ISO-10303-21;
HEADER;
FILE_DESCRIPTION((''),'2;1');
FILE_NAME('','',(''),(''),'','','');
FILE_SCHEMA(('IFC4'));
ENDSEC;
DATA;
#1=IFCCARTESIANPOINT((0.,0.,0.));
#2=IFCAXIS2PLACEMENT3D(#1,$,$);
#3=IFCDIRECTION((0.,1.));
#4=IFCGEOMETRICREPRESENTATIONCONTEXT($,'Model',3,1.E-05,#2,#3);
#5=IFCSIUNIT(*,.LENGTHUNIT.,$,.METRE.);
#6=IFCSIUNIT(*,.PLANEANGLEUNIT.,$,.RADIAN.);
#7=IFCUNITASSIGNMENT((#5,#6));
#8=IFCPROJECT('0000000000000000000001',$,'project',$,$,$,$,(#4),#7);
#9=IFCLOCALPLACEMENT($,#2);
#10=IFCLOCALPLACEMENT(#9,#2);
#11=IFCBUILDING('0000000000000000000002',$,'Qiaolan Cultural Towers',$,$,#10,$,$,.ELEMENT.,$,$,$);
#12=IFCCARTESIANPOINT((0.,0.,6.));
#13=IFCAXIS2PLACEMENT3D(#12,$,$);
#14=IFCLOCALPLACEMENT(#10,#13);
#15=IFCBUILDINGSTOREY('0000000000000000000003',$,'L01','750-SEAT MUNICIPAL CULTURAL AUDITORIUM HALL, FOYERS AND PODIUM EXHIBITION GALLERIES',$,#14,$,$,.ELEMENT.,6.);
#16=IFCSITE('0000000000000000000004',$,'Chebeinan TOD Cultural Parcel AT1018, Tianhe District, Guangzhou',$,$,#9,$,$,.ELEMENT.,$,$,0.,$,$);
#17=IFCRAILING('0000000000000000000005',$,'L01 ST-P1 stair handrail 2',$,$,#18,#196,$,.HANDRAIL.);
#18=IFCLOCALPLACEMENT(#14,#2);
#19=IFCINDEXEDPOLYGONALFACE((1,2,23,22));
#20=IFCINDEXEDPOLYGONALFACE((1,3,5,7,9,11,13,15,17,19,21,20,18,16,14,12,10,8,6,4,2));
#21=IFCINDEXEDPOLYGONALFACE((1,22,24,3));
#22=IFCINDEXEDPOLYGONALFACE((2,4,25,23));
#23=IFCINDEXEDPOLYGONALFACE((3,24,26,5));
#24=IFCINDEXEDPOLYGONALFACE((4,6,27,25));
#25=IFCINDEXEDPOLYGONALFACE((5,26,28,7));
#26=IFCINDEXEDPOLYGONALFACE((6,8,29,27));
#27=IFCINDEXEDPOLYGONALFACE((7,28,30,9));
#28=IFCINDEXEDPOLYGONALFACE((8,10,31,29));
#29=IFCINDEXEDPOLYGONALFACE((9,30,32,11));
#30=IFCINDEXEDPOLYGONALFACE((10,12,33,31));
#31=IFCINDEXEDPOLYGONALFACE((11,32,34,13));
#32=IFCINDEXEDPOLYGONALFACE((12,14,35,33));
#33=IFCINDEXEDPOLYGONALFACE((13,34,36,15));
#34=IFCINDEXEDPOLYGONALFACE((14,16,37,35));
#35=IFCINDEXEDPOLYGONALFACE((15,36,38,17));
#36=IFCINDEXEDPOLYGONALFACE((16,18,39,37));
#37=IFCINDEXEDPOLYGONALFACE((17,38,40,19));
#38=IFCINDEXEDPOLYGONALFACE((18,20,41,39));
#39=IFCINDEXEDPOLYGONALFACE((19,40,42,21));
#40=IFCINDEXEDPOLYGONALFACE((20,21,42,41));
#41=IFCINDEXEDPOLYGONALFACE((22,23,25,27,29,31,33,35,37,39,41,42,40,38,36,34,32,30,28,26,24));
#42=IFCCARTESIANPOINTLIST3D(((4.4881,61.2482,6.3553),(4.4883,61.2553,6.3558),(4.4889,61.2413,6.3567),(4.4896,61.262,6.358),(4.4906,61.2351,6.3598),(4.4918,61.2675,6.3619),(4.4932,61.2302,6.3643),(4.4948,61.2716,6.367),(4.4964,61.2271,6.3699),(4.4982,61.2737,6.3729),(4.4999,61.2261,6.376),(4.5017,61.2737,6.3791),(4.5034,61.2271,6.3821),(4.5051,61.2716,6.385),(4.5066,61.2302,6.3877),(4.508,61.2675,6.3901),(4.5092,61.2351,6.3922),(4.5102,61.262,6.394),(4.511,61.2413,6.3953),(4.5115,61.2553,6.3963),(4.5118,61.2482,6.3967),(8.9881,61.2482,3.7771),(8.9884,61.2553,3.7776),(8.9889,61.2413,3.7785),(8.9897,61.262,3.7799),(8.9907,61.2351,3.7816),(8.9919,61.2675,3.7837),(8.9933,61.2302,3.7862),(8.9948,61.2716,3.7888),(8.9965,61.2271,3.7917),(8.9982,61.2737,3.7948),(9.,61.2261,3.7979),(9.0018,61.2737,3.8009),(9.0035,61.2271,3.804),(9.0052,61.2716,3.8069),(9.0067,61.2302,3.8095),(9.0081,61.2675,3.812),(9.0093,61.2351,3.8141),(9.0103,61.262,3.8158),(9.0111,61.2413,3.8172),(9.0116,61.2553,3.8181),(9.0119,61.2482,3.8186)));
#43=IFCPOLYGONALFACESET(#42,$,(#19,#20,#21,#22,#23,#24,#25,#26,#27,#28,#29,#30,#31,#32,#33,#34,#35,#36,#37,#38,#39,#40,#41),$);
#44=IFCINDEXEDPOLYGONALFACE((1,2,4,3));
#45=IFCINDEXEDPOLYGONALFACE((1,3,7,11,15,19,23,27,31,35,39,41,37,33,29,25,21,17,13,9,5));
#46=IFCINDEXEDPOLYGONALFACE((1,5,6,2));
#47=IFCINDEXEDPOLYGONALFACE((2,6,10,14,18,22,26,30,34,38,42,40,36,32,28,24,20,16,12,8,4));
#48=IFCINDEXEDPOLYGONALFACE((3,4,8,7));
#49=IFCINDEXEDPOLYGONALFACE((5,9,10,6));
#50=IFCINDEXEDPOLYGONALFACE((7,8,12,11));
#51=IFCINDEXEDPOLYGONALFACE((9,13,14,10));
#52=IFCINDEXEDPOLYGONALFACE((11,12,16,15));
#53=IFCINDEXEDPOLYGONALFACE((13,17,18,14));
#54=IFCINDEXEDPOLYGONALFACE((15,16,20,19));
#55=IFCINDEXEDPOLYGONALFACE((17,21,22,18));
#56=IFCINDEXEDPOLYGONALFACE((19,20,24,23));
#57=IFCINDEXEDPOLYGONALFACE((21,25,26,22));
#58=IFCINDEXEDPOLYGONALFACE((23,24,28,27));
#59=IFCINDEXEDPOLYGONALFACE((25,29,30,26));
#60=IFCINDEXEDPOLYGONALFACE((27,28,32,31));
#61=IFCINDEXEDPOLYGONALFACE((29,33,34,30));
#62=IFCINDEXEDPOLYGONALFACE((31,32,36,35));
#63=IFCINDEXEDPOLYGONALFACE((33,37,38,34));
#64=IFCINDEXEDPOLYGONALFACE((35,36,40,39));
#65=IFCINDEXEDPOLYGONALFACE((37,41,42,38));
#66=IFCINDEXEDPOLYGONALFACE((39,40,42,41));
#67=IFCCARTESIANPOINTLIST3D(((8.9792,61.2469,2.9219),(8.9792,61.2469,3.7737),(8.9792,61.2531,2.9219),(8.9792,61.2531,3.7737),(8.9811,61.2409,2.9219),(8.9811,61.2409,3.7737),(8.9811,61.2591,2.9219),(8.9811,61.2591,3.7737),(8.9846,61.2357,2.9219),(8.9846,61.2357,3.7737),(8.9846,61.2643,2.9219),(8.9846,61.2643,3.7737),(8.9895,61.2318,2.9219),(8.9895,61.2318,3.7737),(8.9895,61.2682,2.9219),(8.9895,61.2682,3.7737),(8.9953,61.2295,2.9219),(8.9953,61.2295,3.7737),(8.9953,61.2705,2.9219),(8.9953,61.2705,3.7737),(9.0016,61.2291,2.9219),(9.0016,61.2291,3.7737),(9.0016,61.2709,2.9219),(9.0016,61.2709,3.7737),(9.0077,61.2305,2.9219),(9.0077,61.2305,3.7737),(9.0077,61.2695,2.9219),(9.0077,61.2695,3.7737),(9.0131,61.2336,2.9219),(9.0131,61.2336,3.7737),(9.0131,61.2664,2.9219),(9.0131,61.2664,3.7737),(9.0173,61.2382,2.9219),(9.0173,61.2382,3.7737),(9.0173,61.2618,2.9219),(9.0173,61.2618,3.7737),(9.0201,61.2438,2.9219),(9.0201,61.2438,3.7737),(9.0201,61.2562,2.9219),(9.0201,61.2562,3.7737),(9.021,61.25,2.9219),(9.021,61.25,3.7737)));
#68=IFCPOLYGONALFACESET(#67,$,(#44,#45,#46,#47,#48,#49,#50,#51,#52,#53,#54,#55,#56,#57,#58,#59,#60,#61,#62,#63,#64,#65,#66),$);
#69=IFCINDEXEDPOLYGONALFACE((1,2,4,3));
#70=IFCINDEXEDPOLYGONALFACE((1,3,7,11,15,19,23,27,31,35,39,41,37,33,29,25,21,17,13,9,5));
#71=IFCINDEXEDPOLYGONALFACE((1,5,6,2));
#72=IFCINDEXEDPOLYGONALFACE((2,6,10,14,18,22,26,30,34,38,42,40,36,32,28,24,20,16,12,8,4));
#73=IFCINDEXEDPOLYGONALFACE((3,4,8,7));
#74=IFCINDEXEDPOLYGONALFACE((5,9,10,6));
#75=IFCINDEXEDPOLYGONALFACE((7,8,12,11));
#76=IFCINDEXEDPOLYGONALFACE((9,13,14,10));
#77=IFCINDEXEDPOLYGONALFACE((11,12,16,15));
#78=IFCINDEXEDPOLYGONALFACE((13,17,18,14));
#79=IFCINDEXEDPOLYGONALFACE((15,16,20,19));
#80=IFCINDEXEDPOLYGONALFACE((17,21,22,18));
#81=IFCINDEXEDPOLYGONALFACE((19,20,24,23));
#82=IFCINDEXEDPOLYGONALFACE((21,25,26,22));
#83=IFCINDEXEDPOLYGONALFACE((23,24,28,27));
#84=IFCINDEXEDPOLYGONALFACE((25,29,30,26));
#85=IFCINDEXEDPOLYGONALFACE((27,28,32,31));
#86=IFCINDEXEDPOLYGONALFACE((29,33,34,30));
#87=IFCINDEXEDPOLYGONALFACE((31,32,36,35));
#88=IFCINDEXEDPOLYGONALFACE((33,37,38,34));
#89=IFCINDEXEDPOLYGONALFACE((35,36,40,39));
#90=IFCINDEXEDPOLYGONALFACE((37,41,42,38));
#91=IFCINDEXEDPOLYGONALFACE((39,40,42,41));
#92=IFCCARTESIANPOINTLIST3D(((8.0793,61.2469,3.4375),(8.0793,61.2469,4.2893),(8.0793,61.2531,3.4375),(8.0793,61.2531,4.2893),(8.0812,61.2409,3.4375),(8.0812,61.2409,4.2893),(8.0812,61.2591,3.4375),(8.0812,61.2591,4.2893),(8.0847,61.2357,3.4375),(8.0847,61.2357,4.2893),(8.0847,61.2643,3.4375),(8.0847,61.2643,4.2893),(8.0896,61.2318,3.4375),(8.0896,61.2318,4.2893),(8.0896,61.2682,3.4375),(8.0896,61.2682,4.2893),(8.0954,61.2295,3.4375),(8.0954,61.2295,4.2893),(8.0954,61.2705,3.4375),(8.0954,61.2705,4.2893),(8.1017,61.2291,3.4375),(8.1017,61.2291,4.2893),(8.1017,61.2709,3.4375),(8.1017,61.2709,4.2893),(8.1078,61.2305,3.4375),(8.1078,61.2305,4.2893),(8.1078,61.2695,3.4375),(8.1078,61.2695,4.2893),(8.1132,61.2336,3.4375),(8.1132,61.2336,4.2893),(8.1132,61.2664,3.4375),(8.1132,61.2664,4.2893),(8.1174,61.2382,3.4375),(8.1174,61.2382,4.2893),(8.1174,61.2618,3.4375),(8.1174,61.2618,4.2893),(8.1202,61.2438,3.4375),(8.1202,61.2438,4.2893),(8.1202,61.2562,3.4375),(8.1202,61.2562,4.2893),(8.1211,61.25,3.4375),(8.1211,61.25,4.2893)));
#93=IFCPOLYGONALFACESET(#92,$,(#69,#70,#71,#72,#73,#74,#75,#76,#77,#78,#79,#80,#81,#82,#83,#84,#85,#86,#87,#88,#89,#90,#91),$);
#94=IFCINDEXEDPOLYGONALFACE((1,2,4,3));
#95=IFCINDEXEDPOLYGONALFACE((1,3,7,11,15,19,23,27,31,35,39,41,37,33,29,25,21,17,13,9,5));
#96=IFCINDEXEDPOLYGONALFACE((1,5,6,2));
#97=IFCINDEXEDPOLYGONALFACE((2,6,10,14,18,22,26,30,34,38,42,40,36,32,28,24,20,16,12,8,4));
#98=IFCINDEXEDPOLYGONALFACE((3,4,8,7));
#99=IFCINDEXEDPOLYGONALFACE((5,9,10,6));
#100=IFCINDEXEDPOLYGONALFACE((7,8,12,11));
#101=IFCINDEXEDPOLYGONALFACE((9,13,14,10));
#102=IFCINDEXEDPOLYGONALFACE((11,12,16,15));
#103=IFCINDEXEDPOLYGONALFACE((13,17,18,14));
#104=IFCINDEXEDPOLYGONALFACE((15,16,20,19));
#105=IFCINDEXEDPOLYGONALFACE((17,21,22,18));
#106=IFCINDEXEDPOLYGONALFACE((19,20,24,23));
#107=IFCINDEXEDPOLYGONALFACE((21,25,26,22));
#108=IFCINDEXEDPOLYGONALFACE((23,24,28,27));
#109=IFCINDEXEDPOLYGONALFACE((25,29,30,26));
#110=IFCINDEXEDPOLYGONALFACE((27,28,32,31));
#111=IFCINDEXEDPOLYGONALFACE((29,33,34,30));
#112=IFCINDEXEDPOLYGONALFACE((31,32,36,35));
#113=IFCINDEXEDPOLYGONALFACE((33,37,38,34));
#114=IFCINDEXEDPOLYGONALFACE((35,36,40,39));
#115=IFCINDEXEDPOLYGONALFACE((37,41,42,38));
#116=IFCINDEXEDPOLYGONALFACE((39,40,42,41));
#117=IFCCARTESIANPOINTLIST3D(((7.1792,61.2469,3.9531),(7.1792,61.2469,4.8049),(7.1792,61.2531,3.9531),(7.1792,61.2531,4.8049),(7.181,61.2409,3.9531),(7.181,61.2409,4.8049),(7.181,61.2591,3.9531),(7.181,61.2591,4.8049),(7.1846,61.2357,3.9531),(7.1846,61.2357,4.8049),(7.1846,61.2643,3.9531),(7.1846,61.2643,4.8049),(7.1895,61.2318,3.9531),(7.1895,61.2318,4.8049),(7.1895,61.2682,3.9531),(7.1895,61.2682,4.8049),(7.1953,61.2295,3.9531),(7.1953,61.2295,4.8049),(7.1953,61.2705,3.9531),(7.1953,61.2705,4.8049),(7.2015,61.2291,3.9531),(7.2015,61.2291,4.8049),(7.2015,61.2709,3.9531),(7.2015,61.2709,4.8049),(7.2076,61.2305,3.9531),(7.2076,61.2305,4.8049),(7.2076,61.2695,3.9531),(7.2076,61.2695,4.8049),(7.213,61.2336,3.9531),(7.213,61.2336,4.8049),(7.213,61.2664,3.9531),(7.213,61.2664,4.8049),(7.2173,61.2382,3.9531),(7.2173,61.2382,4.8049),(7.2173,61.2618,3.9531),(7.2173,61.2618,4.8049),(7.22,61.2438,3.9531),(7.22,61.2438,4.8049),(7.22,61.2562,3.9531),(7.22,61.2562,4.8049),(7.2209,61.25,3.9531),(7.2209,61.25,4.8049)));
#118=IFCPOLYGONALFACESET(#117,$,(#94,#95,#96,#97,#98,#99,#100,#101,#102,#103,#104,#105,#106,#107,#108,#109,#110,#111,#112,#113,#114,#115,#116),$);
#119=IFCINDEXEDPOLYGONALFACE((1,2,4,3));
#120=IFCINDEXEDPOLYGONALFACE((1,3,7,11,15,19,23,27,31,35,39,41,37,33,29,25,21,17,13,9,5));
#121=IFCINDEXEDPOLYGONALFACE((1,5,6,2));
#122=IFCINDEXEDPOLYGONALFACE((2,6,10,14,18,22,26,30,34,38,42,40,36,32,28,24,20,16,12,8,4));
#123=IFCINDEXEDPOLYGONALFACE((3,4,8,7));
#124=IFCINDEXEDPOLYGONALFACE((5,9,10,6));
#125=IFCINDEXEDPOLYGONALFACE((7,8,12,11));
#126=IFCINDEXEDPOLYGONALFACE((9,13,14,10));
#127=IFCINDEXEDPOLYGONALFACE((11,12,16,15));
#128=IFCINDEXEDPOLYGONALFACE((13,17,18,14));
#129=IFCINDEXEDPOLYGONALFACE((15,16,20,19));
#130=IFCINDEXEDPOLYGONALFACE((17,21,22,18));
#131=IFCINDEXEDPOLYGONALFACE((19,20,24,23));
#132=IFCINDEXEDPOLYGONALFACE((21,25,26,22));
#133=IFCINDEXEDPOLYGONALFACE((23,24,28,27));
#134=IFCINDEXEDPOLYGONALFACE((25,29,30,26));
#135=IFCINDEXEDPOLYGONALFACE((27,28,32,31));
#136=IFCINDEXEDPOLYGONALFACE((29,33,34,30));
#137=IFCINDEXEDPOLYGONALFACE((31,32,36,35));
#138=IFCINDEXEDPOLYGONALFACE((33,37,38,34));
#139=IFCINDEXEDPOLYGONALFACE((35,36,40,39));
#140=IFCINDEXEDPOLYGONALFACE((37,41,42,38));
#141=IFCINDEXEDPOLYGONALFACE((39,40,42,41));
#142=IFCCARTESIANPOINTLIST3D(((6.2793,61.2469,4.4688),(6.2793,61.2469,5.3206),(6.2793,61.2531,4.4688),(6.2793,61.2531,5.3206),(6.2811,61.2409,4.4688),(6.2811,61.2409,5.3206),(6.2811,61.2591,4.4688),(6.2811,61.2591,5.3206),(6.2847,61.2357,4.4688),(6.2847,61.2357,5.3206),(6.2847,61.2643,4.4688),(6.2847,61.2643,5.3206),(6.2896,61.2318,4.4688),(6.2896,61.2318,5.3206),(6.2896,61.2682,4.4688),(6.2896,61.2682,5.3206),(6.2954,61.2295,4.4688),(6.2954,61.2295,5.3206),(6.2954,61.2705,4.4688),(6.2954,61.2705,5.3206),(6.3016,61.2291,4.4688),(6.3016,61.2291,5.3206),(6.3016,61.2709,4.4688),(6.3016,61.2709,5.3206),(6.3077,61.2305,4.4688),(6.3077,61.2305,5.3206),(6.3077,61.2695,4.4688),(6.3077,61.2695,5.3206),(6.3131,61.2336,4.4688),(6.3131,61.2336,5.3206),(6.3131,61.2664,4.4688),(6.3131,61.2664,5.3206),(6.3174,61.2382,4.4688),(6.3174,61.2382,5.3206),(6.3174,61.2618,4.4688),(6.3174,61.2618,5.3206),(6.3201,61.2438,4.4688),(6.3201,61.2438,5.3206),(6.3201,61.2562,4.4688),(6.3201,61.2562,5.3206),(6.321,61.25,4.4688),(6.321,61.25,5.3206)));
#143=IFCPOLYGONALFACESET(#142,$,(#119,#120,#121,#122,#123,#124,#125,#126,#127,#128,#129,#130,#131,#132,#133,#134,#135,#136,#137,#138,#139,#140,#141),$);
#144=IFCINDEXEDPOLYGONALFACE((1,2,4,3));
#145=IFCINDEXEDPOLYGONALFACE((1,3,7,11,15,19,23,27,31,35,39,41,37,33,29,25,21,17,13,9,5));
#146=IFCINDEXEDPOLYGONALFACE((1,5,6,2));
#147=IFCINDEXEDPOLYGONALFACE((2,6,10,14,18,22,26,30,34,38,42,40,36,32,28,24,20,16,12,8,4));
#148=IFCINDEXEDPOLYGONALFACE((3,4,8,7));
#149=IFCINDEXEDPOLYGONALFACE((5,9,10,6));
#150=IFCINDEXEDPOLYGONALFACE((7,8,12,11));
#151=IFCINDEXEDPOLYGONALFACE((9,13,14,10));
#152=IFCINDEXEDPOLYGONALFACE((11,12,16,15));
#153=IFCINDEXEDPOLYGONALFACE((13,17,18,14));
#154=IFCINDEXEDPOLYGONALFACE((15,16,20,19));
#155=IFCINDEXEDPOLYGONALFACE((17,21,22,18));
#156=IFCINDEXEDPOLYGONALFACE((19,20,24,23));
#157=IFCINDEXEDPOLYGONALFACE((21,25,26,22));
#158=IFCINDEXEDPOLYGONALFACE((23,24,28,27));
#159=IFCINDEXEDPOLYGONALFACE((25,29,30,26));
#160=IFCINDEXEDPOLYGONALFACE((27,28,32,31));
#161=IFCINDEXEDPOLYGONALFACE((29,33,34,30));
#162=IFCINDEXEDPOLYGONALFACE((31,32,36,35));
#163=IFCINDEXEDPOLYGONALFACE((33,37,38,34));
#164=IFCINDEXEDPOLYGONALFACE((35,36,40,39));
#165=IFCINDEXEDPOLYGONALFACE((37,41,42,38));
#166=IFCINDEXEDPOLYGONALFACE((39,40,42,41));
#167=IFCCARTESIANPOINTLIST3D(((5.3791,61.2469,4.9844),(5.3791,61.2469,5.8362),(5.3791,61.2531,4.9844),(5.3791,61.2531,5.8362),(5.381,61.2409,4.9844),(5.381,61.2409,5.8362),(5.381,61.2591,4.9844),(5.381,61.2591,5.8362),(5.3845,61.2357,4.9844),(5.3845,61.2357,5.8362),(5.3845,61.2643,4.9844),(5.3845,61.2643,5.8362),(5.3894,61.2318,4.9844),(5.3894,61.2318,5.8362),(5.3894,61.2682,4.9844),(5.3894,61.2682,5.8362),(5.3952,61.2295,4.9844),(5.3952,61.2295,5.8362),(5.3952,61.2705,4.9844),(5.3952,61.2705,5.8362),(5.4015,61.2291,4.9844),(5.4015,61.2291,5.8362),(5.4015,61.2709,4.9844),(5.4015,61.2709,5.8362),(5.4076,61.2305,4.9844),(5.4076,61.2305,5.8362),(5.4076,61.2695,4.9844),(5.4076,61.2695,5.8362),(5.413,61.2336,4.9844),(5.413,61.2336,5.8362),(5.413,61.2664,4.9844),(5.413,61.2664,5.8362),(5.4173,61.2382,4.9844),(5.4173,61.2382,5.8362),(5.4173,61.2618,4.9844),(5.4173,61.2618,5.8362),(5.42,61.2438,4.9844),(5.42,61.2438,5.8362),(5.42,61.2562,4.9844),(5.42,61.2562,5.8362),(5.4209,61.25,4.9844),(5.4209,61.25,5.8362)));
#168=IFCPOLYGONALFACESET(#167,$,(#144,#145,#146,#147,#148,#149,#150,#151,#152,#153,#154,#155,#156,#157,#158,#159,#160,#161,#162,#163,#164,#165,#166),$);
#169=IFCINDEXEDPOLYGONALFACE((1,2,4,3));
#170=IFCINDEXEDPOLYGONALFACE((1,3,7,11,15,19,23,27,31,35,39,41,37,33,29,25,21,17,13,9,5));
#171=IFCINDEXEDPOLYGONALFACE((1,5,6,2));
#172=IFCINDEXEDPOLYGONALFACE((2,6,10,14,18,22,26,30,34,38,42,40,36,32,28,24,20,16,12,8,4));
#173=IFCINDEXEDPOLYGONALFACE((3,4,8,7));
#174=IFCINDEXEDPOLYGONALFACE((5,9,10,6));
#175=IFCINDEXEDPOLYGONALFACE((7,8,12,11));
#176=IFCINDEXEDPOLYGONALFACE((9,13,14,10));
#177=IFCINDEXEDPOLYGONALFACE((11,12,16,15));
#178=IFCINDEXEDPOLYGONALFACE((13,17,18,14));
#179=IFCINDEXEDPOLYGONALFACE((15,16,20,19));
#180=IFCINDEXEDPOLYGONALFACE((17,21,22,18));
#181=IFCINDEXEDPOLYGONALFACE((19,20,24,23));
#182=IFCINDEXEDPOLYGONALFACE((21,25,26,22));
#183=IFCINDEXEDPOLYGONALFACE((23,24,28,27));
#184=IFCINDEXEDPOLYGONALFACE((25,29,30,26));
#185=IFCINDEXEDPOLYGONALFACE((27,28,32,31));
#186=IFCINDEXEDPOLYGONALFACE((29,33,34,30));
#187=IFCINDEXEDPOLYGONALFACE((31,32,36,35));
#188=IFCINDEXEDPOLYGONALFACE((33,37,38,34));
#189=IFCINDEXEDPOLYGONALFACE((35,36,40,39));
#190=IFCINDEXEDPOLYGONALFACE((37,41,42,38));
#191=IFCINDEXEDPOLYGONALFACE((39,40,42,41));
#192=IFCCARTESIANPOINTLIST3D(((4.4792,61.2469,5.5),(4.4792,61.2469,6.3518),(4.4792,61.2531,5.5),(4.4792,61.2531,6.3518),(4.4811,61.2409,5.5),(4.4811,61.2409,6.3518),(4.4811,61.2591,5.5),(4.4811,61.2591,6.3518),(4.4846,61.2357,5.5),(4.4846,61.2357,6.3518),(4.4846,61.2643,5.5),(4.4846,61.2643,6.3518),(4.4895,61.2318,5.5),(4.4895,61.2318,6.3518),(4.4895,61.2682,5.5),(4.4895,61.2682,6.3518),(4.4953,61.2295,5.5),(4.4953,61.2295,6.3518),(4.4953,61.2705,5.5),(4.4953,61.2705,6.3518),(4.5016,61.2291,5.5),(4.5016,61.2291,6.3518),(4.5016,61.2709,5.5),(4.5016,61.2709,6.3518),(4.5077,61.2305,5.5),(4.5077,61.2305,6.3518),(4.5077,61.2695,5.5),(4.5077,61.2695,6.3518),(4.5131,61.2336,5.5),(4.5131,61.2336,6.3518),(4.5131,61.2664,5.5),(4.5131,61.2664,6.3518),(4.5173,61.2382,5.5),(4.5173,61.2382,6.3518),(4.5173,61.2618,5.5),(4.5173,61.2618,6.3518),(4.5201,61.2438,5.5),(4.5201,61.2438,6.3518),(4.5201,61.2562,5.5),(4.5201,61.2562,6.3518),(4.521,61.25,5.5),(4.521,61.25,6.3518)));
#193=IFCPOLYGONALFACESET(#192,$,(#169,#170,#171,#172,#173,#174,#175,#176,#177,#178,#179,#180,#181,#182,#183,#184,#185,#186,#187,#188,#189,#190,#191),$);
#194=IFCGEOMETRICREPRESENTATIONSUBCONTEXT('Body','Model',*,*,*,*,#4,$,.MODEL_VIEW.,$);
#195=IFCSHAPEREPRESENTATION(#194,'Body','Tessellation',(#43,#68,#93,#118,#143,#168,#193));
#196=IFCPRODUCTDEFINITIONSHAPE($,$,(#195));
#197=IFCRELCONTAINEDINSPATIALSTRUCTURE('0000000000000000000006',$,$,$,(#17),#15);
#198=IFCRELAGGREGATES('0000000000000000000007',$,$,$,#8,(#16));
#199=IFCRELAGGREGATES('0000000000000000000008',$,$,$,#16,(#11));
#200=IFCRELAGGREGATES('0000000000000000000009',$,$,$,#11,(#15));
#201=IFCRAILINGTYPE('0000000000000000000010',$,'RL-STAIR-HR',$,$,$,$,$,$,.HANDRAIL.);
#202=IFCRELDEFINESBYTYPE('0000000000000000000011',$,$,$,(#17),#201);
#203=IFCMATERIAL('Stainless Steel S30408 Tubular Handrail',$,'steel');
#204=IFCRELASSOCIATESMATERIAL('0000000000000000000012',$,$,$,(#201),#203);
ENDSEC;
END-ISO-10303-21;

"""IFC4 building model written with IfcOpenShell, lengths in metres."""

from ifc_helpers import new_model, si_unit, direction, frame, origin, origin_2d, place, context, subcontext, project, spatial, circle, extrude, material, type_object, element, save


model = new_model("IFC4")

# Units and contexts
model_context = context("Model", 3, precision=1e-05, world=origin(), true_north=direction((0.0, 1.0)))
body_context = subcontext(model_context, "Body", "Model", "MODEL_VIEW")
ifc_project = project(units=[si_unit("LENGTHUNIT", "METRE"), si_unit("PLANEANGLEUNIT", "RADIAN")], contexts=[model_context])

# Site, building, storey
site_placement = place(None, origin())
site = spatial("IfcSite", under=ifc_project, at=site_placement, Name="Chebeinan TOD Cultural Parcel AT1018, Tianhe District, Guangzhou", CompositionType="ELEMENT", RefElevation=0.0)
building_placement = place(site_placement, origin())
building = spatial("IfcBuilding", under=site, at=building_placement, Name="Qiaolan Cultural Towers", CompositionType="ELEMENT")
storey_placement = place(building_placement, frame((0.0, 0.0, 6.0)))
storey = spatial("IfcBuildingStorey", under=building, at=storey_placement, Name="L01", Description="750-SEAT MUNICIPAL CULTURAL AUDITORIUM HALL, FOYERS AND PODIUM EXHIBITION GALLERIES", CompositionType="ELEMENT", Elevation=6.0)

# Railing
ifc_material_1 = material(Name="Stainless Steel S30408 Tubular Handrail", Category="steel")
railing_type_1 = type_object("IfcRailingType", Name="RL-STAIR-HR", PredefinedType="HANDRAIL", material=ifc_material_1)
railing_1_placement = place(storey_placement, frame((9.0, 61.25, 2.9219)))
element("IfcRailing", 1, at=railing_1_placement, inside=storey, type_object=railing_type_1, Name="L01 ST-P1 stair handrail 2", PredefinedType="HANDRAIL", context=body_context, shape_type="SweptSolid", body=[
    extrude(circle(Radius=0.0239, at=origin_2d()), frame((0.0, 0.0, 0.876), z_axis=(-0.867686, 0.0, 0.497112), x_axis=(0.0, -1.0, 0.0)), (0.0, 0.0, 1.0), 5.1863),
    extrude(circle(Radius=0.021, at=origin_2d()), origin(), (0.0, 0.0, 1.0), 0.8518),
    extrude(circle(Radius=0.021, at=origin_2d()), frame((-0.8999, 0.0, 0.5156)), (0.0, 0.0, 1.0), 0.8518),
    extrude(circle(Radius=0.021, at=origin_2d()), frame((-1.8, 0.0, 1.0312)), (0.0, 0.0, 1.0), 0.8518),
    extrude(circle(Radius=0.021, at=origin_2d()), frame((-2.7, 0.0, 1.5469)), (0.0, 0.0, 1.0), 0.8518),
    extrude(circle(Radius=0.021, at=origin_2d()), frame((-3.6001, 0.0, 2.0625)), (0.0, 0.0, 1.0), 0.8518),
    extrude(circle(Radius=0.021, at=origin_2d()), frame((-4.5, 0.0, 2.5781)), (0.0, 0.0, 1.0), 0.8518),
])

save(model, "model.ifc")
